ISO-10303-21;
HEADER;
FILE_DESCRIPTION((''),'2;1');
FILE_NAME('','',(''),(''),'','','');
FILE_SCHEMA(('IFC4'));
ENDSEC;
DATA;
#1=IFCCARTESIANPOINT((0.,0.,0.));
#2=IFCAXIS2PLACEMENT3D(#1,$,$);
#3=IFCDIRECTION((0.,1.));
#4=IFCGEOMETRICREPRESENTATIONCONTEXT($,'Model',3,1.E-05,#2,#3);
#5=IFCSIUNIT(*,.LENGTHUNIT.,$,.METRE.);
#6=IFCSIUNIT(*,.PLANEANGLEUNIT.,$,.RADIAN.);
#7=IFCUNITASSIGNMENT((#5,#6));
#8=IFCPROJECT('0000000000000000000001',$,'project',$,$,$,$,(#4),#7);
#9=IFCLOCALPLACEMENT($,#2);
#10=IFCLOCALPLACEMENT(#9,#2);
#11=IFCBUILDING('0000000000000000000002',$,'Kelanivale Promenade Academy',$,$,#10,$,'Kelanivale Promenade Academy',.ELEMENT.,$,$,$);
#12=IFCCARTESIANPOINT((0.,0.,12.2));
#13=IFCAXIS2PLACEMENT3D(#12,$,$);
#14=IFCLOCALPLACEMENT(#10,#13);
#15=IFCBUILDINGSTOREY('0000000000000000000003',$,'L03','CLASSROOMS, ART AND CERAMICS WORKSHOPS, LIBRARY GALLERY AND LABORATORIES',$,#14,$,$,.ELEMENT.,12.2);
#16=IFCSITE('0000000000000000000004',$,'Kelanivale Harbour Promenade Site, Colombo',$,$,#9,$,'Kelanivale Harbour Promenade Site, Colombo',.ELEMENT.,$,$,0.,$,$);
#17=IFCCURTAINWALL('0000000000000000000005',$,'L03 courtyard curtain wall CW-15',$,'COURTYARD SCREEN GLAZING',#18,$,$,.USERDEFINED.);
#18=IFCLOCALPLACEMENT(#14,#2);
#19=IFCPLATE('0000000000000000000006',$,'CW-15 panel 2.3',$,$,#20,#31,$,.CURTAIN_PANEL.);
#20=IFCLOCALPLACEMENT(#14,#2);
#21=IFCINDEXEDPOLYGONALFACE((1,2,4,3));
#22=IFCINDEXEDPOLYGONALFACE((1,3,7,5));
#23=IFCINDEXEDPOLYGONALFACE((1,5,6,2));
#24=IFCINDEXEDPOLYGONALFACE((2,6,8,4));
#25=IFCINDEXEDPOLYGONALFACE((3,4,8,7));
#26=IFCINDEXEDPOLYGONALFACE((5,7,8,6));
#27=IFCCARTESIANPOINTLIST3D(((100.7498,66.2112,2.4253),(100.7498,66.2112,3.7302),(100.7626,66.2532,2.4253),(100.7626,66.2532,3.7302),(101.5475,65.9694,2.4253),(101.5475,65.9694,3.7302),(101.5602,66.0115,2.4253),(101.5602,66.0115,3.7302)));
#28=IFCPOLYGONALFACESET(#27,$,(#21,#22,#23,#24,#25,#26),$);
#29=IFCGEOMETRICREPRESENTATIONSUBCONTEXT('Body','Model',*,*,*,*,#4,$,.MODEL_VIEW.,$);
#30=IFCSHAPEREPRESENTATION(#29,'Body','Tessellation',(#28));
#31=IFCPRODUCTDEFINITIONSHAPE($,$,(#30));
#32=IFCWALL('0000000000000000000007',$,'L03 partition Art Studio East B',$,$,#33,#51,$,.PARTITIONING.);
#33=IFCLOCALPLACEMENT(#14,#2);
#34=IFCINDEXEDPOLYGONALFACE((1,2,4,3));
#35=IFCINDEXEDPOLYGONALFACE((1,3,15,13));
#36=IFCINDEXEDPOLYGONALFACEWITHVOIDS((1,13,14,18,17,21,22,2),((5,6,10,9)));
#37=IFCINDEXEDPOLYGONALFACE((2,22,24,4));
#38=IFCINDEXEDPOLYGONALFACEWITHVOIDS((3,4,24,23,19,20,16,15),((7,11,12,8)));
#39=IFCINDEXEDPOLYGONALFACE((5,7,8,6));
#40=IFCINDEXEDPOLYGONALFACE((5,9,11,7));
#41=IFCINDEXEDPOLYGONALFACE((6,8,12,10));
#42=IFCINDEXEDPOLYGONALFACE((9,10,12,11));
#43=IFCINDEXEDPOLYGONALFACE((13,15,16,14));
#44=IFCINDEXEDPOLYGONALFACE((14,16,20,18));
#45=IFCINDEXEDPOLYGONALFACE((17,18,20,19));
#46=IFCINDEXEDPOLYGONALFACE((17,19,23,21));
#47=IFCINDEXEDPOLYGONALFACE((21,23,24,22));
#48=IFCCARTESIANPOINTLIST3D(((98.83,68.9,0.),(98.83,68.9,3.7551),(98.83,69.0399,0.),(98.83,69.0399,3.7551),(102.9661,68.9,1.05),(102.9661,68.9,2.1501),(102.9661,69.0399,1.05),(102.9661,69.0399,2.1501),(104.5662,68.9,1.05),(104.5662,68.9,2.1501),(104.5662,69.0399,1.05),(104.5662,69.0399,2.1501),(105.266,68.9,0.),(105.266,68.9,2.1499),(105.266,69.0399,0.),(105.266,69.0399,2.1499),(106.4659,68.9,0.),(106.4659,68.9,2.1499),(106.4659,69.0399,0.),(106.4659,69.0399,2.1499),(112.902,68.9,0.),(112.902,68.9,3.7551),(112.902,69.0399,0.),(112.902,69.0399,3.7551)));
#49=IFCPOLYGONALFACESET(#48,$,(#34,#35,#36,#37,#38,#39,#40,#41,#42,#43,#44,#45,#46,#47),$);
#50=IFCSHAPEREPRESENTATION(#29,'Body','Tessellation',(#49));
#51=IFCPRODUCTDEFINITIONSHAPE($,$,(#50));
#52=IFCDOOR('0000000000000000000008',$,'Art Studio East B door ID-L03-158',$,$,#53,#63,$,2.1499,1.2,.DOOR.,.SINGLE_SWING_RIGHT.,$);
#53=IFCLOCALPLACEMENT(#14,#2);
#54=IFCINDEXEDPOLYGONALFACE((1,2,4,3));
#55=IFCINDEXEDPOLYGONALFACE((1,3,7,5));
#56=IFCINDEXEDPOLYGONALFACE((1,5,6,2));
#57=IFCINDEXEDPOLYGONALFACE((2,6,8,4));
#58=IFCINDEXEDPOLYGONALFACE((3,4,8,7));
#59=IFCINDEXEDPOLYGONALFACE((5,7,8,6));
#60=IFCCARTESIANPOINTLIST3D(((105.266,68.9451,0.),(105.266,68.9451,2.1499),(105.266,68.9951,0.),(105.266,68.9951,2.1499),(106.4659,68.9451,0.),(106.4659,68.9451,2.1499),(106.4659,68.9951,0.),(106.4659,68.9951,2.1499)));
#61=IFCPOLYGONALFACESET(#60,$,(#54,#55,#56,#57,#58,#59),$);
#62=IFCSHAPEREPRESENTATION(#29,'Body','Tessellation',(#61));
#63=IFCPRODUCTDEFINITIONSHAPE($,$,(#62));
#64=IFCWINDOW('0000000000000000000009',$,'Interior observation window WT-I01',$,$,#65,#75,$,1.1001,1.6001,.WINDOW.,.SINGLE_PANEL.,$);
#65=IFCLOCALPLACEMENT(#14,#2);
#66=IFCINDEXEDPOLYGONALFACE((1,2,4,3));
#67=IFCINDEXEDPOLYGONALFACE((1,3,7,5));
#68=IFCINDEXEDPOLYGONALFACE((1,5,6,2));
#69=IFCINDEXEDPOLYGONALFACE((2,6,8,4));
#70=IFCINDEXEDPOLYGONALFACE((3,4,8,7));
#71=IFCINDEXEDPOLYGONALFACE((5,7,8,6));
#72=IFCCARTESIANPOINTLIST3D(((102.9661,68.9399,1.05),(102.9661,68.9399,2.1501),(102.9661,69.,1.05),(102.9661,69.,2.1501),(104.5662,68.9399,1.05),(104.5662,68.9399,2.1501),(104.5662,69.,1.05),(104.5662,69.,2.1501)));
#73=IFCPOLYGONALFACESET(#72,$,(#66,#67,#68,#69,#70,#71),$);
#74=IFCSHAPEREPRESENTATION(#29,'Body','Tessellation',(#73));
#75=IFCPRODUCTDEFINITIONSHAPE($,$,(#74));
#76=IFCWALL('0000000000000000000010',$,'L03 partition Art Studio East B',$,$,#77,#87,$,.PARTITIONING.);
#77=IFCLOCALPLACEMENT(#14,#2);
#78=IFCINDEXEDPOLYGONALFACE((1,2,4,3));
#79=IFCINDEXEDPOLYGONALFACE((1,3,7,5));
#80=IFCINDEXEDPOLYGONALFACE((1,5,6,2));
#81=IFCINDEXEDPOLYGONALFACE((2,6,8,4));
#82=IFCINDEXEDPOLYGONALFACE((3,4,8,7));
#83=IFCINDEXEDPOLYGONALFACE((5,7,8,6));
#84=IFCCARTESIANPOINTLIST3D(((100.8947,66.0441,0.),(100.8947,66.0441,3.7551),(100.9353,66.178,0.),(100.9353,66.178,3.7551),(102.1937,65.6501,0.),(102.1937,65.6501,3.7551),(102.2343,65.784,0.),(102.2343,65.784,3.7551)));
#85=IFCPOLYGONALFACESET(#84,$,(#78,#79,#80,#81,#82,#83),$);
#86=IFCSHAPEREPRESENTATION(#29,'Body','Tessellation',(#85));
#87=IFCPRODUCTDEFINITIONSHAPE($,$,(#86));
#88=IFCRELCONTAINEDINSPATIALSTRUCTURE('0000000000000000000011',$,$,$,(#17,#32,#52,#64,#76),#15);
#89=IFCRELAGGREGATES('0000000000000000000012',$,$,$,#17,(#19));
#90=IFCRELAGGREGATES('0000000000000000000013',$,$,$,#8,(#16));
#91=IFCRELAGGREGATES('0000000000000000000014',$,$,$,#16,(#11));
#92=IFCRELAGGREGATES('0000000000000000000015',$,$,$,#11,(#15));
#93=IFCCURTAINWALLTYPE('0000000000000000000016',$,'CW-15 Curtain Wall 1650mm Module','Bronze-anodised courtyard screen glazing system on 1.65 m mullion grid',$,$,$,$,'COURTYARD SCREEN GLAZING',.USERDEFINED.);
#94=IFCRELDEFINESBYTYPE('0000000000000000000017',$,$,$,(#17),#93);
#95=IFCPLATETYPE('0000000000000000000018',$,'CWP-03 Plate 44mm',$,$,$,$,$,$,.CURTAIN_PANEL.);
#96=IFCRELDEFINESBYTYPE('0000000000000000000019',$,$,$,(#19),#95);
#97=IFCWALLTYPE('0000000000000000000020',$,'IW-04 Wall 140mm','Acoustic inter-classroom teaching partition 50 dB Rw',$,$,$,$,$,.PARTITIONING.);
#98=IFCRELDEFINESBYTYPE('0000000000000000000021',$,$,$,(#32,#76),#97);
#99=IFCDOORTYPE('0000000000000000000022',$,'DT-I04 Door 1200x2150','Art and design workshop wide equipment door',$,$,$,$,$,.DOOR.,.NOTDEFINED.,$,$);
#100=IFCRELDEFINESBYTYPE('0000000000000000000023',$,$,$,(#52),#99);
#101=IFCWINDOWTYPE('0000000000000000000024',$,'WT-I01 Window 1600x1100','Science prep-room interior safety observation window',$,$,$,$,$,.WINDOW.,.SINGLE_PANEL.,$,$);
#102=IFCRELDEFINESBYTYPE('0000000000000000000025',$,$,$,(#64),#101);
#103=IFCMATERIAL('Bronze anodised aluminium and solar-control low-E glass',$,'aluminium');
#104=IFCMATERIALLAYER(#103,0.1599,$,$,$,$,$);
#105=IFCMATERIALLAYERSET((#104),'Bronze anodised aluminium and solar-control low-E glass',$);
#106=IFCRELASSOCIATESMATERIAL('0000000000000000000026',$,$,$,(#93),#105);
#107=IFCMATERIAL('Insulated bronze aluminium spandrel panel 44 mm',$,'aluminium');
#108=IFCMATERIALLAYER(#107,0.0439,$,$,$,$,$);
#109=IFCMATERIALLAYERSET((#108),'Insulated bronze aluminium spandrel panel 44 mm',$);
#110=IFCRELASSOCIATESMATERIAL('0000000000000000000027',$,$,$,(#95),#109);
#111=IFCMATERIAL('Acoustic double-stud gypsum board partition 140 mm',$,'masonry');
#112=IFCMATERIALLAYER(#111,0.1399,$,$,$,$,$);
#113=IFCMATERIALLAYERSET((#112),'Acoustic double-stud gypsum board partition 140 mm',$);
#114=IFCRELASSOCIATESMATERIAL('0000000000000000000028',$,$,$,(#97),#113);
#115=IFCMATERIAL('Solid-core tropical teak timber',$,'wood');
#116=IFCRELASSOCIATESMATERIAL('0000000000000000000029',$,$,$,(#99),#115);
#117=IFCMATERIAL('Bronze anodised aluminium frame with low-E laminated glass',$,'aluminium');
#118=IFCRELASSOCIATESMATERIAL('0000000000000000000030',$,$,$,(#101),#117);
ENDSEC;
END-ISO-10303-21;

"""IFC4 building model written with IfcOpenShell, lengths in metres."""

from ifc_helpers import new_model, si_unit, direction, frame, frame_2d, origin, origin_2d, place, context, subcontext, project, spatial, rectangle, extrude, material, layer, layer_set, type_object, element, fill, aggregate, save


model = new_model("IFC4")

# Units and contexts
model_context = context("Model", 3, precision=1e-05, world=origin(), true_north=direction((0.0, 1.0)))
body_context = subcontext(model_context, "Body", "Model", "MODEL_VIEW")
ifc_project = project(units=[si_unit("LENGTHUNIT", "METRE"), si_unit("PLANEANGLEUNIT", "RADIAN")], contexts=[model_context])

# Site, building, storey
site_placement = place(None, origin())
site = spatial("IfcSite", under=ifc_project, at=site_placement, Name="Kelanivale Harbour Promenade Site, Colombo", LongName="Kelanivale Harbour Promenade Site, Colombo", CompositionType="ELEMENT", RefElevation=0.0)
building_placement = place(site_placement, origin())
building = spatial("IfcBuilding", under=site, at=building_placement, Name="Kelanivale Promenade Academy", LongName="Kelanivale Promenade Academy", CompositionType="ELEMENT")
storey_placement = place(building_placement, frame((0.0, 0.0, 12.2)))
storey = spatial("IfcBuildingStorey", under=building, at=storey_placement, Name="L03", Description="CLASSROOMS, ART AND CERAMICS WORKSHOPS, LIBRARY GALLERY AND LABORATORIES", CompositionType="ELEMENT", Elevation=12.2)

# Curtain wall
ifc_material_1 = material(Name="Bronze anodised aluminium and solar-control low-E glass", Category="aluminium")
ifc_layer_1 = layer(ifc_material_1, 0.1599)
ifc_layer_set_1 = layer_set([ifc_layer_1], Name="Bronze anodised aluminium and solar-control low-E glass")
curtain_wall_type_1 = type_object("IfcCurtainWallType", Name="CW-15 Curtain Wall 1650mm Module", Description="Bronze-anodised courtyard screen glazing system on 1.65 m mullion grid", ElementType="COURTYARD SCREEN GLAZING", PredefinedType="USERDEFINED", material=ifc_layer_set_1)
curtain_wall_1_placement = place(storey_placement, origin())
curtain_wall_1 = element("IfcCurtainWall", 1, at=curtain_wall_1_placement, inside=storey, type_object=curtain_wall_type_1, Name="L03 courtyard curtain wall CW-15", ObjectType="COURTYARD SCREEN GLAZING", PredefinedType="USERDEFINED")

# Plate
ifc_material_2 = material(Name="Insulated bronze aluminium spandrel panel 44 mm", Category="aluminium")
ifc_layer_2 = layer(ifc_material_2, 0.0439)
ifc_layer_set_2 = layer_set([ifc_layer_2], Name="Insulated bronze aluminium spandrel panel 44 mm")
plate_type_1 = type_object("IfcPlateType", Name="CWP-03 Plate 44mm", PredefinedType="CURTAIN_PANEL", material=ifc_layer_set_2)
plate_1_placement = place(storey_placement, frame((101.155, 66.1113, 2.4253), z_axis=(0.0, 0.0, 1.0), x_axis=(-0.957024, 0.290007, 0.0)))
plate_1 = element("IfcPlate", 2, at=plate_1_placement, type_object=plate_type_1, Name="CW-15 panel 2.3", PredefinedType="CURTAIN_PANEL", context=body_context, shape_type="SweptSolid", body=[
    extrude(rectangle(XDim=0.8335, YDim=0.0439, at=origin_2d()), origin(), (0.0, 0.0, 1.0), 1.3049),
])
aggregate(curtain_wall_1, [plate_1])

# Wall, openings, door, window
ifc_material_3 = material(Name="Acoustic double-stud gypsum board partition 140 mm", Category="masonry")
ifc_layer_3 = layer(ifc_material_3, 0.1399)
ifc_layer_set_3 = layer_set([ifc_layer_3], Name="Acoustic double-stud gypsum board partition 140 mm")
wall_type_1 = type_object("IfcWallType", Name="IW-04 Wall 140mm", Description="Acoustic inter-classroom teaching partition 50 dB Rw", PredefinedType="PARTITIONING", material=ifc_layer_set_3)
wall_1_placement = place(storey_placement, frame((112.9021, 68.97, 0.0), z_axis=(0.0, 0.0, 1.0), x_axis=(-1.0, 0.0, 0.0)))
wall_1 = element("IfcWall", 3, at=wall_1_placement, inside=storey, type_object=wall_type_1, Name="L03 partition Art Studio East B", PredefinedType="PARTITIONING", context=body_context, shape_type="SweptSolid", body=[
    extrude(rectangle(XDim=14.072, YDim=0.1399, at=frame_2d((7.0361, 0.0))), origin(), (0.0, 0.0, 1.0), 3.7551),
])
opening_1_placement = place(wall_1_placement, frame((6.436, 0.0, 0.0)))
opening_1 = element("IfcOpeningElement", 4, at=opening_1_placement, cuts=wall_1, PredefinedType="OPENING", context=body_context, shape_type="SweptSolid", body=[
    extrude(rectangle(XDim=1.2, YDim=2.1499, at=frame_2d((0.6001, 1.075))), frame((0.0, 0.0801, 0.0), z_axis=(0.0, -1.0, 0.0), x_axis=(1.0, 0.0, 0.0)), (0.0, 0.0, 1.0), 0.1599),
])
opening_2_placement = place(wall_1_placement, frame((8.3359, 0.0, 1.05)))
opening_2 = element("IfcOpeningElement", 5, at=opening_2_placement, cuts=wall_1, PredefinedType="OPENING", context=body_context, shape_type="SweptSolid", body=[
    extrude(rectangle(XDim=1.6001, YDim=1.1001, at=frame_2d((0.8, 0.55))), frame((0.0, 0.0801, 0.0), z_axis=(0.0, -1.0, 0.0), x_axis=(1.0, 0.0, 0.0)), (0.0, 0.0, 1.0), 0.1599),
])
ifc_material_4 = material(Name="Solid-core tropical teak timber", Category="wood")
door_type_1 = type_object("IfcDoorType", Name="DT-I04 Door 1200x2150", Description="Art and design workshop wide equipment door", OperationType="NOTDEFINED", PredefinedType="DOOR", material=ifc_material_4)
door_1_placement = place(opening_1_placement, origin())
door_1 = element("IfcDoor", 6, at=door_1_placement, inside=storey, type_object=door_type_1, Name="Art Studio East B door ID-L03-158", OperationType="SINGLE_SWING_RIGHT", OverallHeight=2.1499, OverallWidth=1.2, PredefinedType="DOOR", context=body_context, shape_type="SweptSolid", body=[
    extrude(rectangle(XDim=1.2, YDim=2.1499, at=frame_2d((0.6001, 1.075))), frame((0.0, 0.0249, 0.0), z_axis=(0.0, -1.0, 0.0), x_axis=(1.0, 0.0, 0.0)), (0.0, 0.0, 1.0), 0.05),
])
fill(opening_1, door_1)
ifc_material_5 = material(Name="Bronze anodised aluminium frame with low-E laminated glass", Category="aluminium")
window_type = type_object("IfcWindowType", Name="WT-I01 Window 1600x1100", Description="Science prep-room interior safety observation window", PartitioningType="SINGLE_PANEL", PredefinedType="WINDOW", material=ifc_material_5)
window_placement = place(opening_2_placement, origin())
window = element("IfcWindow", 7, at=window_placement, inside=storey, type_object=window_type, Name="Interior observation window WT-I01", OverallHeight=1.1001, OverallWidth=1.6001, PartitioningType="SINGLE_PANEL", PredefinedType="WINDOW", context=body_context, shape_type="SweptSolid", body=[
    extrude(rectangle(XDim=1.6001, YDim=1.1001, at=frame_2d((0.8, 0.55))), frame((0.0, 0.03, 0.0), z_axis=(0.0, -1.0, 0.0), x_axis=(1.0, 0.0, 0.0)), (0.0, 0.0, 1.0), 0.0601),
])
fill(opening_2, window)

# Wall
wall_2_placement = place(storey_placement, frame((100.915, 66.1111, 0.0), z_axis=(0.0, 0.0, 1.0), x_axis=(0.956946, -0.290267, 0.0)))
element("IfcWall", 8, at=wall_2_placement, inside=storey, type_object=wall_type_1, Name="L03 partition Art Studio East B", PredefinedType="PARTITIONING", context=body_context, shape_type="SweptSolid", body=[
    extrude(rectangle(XDim=1.3574, YDim=0.1399, at=frame_2d((0.6787, 0.0))), origin(), (0.0, 0.0, 1.0), 3.7551),
])

save(model, "model.ifc")
